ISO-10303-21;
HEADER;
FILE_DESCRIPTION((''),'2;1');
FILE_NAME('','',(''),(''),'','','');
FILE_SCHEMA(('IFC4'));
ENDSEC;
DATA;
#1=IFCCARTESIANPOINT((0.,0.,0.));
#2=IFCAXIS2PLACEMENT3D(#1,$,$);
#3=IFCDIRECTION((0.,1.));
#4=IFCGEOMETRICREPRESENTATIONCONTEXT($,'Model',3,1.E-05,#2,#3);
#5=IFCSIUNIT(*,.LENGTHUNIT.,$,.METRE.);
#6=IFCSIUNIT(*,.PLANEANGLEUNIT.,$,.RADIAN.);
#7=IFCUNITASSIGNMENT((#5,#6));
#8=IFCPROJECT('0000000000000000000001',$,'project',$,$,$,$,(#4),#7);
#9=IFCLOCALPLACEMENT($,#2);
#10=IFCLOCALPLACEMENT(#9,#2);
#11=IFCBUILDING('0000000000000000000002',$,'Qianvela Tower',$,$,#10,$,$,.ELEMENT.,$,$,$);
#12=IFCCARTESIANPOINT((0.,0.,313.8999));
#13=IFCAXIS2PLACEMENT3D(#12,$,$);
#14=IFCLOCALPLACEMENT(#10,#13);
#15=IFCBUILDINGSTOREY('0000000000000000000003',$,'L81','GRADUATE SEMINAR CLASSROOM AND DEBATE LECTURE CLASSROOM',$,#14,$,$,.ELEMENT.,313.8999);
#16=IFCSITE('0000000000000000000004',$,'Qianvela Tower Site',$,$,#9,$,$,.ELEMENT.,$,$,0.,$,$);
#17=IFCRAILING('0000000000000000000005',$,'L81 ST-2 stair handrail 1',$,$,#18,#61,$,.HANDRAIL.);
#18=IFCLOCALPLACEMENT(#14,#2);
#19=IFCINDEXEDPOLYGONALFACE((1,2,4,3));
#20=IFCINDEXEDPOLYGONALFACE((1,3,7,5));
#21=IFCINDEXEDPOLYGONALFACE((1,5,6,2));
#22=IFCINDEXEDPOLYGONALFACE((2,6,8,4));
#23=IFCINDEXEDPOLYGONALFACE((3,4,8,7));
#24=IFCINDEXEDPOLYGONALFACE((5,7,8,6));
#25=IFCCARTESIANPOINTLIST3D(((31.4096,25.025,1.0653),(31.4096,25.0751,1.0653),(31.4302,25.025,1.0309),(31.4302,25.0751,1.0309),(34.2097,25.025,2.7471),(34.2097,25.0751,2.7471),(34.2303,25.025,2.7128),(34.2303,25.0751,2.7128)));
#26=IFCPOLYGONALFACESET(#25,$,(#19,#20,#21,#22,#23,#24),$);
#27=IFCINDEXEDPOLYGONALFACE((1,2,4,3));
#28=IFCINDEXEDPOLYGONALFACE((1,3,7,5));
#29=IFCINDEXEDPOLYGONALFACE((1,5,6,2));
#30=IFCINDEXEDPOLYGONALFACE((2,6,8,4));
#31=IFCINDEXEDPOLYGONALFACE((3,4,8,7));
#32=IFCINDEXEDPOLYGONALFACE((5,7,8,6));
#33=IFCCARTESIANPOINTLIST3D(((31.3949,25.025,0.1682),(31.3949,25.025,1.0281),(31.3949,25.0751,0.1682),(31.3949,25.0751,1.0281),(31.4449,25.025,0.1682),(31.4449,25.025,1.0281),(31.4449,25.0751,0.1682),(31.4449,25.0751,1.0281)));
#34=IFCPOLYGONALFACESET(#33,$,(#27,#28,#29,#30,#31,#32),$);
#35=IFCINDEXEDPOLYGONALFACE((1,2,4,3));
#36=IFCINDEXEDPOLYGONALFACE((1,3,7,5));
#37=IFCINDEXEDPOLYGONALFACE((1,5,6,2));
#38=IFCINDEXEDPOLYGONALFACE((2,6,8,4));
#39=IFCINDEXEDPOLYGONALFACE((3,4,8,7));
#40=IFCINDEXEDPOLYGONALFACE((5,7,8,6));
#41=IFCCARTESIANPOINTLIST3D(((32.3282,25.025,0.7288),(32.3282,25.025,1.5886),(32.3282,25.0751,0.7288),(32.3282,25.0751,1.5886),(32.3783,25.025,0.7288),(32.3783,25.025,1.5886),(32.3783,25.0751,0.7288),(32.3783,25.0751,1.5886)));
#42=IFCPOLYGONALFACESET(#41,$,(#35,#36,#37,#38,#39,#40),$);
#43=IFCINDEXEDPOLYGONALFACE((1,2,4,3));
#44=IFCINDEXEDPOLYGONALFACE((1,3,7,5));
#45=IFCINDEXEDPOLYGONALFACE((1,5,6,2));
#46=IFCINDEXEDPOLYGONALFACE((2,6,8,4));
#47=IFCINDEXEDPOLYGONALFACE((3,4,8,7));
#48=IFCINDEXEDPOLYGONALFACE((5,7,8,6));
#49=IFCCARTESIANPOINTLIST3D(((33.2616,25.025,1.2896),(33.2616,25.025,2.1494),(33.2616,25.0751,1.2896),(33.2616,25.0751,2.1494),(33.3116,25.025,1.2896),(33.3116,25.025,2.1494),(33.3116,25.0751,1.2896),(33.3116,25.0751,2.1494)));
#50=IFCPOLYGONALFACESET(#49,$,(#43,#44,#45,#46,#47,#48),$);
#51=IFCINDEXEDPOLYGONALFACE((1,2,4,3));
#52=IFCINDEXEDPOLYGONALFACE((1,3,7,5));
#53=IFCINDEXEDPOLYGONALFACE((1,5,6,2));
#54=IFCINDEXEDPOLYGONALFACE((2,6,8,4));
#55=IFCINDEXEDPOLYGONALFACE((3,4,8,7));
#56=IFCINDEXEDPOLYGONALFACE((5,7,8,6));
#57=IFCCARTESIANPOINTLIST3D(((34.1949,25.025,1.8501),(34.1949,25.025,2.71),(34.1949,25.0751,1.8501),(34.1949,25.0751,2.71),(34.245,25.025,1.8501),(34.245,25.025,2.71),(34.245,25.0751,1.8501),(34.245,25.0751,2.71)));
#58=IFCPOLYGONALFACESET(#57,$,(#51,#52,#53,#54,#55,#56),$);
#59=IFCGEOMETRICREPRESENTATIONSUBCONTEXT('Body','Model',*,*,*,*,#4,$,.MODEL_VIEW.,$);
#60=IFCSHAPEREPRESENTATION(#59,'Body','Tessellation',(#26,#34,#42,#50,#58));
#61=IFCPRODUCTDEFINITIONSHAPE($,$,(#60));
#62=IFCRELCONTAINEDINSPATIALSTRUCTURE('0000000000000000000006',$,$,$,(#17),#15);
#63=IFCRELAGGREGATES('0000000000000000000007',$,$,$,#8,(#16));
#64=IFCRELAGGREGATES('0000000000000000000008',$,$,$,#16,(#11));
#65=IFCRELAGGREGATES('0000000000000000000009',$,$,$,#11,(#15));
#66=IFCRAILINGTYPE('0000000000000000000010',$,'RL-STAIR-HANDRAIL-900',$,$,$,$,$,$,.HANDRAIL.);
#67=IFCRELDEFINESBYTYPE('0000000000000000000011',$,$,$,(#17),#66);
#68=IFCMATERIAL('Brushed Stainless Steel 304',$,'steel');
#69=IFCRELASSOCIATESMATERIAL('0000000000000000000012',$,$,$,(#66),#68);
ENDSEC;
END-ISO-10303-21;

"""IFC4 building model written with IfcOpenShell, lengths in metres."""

from ifc_helpers import new_model, si_unit, direction, frame, origin, origin_2d, place, context, subcontext, project, spatial, rectangle, extrude, material, type_object, element, save


model = new_model("IFC4")

# Units and contexts
model_context = context("Model", 3, precision=1e-05, world=origin(), true_north=direction((0.0, 1.0)))
body_context = subcontext(model_context, "Body", "Model", "MODEL_VIEW")
ifc_project = project(units=[si_unit("LENGTHUNIT", "METRE"), si_unit("PLANEANGLEUNIT", "RADIAN")], contexts=[model_context])

# Site, building, storey
site_placement = place(None, origin())
site = spatial("IfcSite", under=ifc_project, at=site_placement, Name="Qianvela Tower Site", CompositionType="ELEMENT", RefElevation=0.0)
building_placement = place(site_placement, origin())
building = spatial("IfcBuilding", under=site, at=building_placement, Name="Qianvela Tower", CompositionType="ELEMENT")
storey_placement = place(building_placement, frame((0.0, 0.0, 313.8999)))
storey = spatial("IfcBuildingStorey", under=building, at=storey_placement, Name="L81", Description="GRADUATE SEMINAR CLASSROOM AND DEBATE LECTURE CLASSROOM", CompositionType="ELEMENT", Elevation=313.8999)

# Railing
ifc_material_1 = material(Name="Brushed Stainless Steel 304", Category="steel")
railing_type_1 = type_object("IfcRailingType", Name="RL-STAIR-HANDRAIL-900", PredefinedType="HANDRAIL", material=ifc_material_1)
for number, where, name in (
    (1, (31.4199, 25.05, 0.1682), "L81 ST-2 stair handrail 1"),
):
    element("IfcRailing", number, at=place(storey_placement, frame(where)), inside=storey, type_object=railing_type_1, Name=name, PredefinedType="HANDRAIL", context=body_context, shape_type="SweptSolid", body=[
        extrude(rectangle(XDim=0.05, YDim=0.04, at=origin_2d()), frame((0.0, 0.0, 0.8799), z_axis=(0.857242, 0.0, 0.514913), x_axis=(0.0, 1.0, 0.0)), (0.0, 0.0, 1.0), 3.2664),
        extrude(rectangle(XDim=0.05, YDim=0.05, at=origin_2d()), origin(), (0.0, 0.0, 1.0), 0.8599),
        extrude(rectangle(XDim=0.05, YDim=0.05, at=origin_2d()), frame((0.9333, 0.0, 0.5605)), (0.0, 0.0, 1.0), 0.8599),
        extrude(rectangle(XDim=0.05, YDim=0.05, at=origin_2d()), frame((1.8667, 0.0, 1.1213)), (0.0, 0.0, 1.0), 0.8599),
        extrude(rectangle(XDim=0.05, YDim=0.05, at=origin_2d()), frame((2.8, 0.0, 1.6819)), (0.0, 0.0, 1.0), 0.8599),
    ])

save(model, "model.ifc")
